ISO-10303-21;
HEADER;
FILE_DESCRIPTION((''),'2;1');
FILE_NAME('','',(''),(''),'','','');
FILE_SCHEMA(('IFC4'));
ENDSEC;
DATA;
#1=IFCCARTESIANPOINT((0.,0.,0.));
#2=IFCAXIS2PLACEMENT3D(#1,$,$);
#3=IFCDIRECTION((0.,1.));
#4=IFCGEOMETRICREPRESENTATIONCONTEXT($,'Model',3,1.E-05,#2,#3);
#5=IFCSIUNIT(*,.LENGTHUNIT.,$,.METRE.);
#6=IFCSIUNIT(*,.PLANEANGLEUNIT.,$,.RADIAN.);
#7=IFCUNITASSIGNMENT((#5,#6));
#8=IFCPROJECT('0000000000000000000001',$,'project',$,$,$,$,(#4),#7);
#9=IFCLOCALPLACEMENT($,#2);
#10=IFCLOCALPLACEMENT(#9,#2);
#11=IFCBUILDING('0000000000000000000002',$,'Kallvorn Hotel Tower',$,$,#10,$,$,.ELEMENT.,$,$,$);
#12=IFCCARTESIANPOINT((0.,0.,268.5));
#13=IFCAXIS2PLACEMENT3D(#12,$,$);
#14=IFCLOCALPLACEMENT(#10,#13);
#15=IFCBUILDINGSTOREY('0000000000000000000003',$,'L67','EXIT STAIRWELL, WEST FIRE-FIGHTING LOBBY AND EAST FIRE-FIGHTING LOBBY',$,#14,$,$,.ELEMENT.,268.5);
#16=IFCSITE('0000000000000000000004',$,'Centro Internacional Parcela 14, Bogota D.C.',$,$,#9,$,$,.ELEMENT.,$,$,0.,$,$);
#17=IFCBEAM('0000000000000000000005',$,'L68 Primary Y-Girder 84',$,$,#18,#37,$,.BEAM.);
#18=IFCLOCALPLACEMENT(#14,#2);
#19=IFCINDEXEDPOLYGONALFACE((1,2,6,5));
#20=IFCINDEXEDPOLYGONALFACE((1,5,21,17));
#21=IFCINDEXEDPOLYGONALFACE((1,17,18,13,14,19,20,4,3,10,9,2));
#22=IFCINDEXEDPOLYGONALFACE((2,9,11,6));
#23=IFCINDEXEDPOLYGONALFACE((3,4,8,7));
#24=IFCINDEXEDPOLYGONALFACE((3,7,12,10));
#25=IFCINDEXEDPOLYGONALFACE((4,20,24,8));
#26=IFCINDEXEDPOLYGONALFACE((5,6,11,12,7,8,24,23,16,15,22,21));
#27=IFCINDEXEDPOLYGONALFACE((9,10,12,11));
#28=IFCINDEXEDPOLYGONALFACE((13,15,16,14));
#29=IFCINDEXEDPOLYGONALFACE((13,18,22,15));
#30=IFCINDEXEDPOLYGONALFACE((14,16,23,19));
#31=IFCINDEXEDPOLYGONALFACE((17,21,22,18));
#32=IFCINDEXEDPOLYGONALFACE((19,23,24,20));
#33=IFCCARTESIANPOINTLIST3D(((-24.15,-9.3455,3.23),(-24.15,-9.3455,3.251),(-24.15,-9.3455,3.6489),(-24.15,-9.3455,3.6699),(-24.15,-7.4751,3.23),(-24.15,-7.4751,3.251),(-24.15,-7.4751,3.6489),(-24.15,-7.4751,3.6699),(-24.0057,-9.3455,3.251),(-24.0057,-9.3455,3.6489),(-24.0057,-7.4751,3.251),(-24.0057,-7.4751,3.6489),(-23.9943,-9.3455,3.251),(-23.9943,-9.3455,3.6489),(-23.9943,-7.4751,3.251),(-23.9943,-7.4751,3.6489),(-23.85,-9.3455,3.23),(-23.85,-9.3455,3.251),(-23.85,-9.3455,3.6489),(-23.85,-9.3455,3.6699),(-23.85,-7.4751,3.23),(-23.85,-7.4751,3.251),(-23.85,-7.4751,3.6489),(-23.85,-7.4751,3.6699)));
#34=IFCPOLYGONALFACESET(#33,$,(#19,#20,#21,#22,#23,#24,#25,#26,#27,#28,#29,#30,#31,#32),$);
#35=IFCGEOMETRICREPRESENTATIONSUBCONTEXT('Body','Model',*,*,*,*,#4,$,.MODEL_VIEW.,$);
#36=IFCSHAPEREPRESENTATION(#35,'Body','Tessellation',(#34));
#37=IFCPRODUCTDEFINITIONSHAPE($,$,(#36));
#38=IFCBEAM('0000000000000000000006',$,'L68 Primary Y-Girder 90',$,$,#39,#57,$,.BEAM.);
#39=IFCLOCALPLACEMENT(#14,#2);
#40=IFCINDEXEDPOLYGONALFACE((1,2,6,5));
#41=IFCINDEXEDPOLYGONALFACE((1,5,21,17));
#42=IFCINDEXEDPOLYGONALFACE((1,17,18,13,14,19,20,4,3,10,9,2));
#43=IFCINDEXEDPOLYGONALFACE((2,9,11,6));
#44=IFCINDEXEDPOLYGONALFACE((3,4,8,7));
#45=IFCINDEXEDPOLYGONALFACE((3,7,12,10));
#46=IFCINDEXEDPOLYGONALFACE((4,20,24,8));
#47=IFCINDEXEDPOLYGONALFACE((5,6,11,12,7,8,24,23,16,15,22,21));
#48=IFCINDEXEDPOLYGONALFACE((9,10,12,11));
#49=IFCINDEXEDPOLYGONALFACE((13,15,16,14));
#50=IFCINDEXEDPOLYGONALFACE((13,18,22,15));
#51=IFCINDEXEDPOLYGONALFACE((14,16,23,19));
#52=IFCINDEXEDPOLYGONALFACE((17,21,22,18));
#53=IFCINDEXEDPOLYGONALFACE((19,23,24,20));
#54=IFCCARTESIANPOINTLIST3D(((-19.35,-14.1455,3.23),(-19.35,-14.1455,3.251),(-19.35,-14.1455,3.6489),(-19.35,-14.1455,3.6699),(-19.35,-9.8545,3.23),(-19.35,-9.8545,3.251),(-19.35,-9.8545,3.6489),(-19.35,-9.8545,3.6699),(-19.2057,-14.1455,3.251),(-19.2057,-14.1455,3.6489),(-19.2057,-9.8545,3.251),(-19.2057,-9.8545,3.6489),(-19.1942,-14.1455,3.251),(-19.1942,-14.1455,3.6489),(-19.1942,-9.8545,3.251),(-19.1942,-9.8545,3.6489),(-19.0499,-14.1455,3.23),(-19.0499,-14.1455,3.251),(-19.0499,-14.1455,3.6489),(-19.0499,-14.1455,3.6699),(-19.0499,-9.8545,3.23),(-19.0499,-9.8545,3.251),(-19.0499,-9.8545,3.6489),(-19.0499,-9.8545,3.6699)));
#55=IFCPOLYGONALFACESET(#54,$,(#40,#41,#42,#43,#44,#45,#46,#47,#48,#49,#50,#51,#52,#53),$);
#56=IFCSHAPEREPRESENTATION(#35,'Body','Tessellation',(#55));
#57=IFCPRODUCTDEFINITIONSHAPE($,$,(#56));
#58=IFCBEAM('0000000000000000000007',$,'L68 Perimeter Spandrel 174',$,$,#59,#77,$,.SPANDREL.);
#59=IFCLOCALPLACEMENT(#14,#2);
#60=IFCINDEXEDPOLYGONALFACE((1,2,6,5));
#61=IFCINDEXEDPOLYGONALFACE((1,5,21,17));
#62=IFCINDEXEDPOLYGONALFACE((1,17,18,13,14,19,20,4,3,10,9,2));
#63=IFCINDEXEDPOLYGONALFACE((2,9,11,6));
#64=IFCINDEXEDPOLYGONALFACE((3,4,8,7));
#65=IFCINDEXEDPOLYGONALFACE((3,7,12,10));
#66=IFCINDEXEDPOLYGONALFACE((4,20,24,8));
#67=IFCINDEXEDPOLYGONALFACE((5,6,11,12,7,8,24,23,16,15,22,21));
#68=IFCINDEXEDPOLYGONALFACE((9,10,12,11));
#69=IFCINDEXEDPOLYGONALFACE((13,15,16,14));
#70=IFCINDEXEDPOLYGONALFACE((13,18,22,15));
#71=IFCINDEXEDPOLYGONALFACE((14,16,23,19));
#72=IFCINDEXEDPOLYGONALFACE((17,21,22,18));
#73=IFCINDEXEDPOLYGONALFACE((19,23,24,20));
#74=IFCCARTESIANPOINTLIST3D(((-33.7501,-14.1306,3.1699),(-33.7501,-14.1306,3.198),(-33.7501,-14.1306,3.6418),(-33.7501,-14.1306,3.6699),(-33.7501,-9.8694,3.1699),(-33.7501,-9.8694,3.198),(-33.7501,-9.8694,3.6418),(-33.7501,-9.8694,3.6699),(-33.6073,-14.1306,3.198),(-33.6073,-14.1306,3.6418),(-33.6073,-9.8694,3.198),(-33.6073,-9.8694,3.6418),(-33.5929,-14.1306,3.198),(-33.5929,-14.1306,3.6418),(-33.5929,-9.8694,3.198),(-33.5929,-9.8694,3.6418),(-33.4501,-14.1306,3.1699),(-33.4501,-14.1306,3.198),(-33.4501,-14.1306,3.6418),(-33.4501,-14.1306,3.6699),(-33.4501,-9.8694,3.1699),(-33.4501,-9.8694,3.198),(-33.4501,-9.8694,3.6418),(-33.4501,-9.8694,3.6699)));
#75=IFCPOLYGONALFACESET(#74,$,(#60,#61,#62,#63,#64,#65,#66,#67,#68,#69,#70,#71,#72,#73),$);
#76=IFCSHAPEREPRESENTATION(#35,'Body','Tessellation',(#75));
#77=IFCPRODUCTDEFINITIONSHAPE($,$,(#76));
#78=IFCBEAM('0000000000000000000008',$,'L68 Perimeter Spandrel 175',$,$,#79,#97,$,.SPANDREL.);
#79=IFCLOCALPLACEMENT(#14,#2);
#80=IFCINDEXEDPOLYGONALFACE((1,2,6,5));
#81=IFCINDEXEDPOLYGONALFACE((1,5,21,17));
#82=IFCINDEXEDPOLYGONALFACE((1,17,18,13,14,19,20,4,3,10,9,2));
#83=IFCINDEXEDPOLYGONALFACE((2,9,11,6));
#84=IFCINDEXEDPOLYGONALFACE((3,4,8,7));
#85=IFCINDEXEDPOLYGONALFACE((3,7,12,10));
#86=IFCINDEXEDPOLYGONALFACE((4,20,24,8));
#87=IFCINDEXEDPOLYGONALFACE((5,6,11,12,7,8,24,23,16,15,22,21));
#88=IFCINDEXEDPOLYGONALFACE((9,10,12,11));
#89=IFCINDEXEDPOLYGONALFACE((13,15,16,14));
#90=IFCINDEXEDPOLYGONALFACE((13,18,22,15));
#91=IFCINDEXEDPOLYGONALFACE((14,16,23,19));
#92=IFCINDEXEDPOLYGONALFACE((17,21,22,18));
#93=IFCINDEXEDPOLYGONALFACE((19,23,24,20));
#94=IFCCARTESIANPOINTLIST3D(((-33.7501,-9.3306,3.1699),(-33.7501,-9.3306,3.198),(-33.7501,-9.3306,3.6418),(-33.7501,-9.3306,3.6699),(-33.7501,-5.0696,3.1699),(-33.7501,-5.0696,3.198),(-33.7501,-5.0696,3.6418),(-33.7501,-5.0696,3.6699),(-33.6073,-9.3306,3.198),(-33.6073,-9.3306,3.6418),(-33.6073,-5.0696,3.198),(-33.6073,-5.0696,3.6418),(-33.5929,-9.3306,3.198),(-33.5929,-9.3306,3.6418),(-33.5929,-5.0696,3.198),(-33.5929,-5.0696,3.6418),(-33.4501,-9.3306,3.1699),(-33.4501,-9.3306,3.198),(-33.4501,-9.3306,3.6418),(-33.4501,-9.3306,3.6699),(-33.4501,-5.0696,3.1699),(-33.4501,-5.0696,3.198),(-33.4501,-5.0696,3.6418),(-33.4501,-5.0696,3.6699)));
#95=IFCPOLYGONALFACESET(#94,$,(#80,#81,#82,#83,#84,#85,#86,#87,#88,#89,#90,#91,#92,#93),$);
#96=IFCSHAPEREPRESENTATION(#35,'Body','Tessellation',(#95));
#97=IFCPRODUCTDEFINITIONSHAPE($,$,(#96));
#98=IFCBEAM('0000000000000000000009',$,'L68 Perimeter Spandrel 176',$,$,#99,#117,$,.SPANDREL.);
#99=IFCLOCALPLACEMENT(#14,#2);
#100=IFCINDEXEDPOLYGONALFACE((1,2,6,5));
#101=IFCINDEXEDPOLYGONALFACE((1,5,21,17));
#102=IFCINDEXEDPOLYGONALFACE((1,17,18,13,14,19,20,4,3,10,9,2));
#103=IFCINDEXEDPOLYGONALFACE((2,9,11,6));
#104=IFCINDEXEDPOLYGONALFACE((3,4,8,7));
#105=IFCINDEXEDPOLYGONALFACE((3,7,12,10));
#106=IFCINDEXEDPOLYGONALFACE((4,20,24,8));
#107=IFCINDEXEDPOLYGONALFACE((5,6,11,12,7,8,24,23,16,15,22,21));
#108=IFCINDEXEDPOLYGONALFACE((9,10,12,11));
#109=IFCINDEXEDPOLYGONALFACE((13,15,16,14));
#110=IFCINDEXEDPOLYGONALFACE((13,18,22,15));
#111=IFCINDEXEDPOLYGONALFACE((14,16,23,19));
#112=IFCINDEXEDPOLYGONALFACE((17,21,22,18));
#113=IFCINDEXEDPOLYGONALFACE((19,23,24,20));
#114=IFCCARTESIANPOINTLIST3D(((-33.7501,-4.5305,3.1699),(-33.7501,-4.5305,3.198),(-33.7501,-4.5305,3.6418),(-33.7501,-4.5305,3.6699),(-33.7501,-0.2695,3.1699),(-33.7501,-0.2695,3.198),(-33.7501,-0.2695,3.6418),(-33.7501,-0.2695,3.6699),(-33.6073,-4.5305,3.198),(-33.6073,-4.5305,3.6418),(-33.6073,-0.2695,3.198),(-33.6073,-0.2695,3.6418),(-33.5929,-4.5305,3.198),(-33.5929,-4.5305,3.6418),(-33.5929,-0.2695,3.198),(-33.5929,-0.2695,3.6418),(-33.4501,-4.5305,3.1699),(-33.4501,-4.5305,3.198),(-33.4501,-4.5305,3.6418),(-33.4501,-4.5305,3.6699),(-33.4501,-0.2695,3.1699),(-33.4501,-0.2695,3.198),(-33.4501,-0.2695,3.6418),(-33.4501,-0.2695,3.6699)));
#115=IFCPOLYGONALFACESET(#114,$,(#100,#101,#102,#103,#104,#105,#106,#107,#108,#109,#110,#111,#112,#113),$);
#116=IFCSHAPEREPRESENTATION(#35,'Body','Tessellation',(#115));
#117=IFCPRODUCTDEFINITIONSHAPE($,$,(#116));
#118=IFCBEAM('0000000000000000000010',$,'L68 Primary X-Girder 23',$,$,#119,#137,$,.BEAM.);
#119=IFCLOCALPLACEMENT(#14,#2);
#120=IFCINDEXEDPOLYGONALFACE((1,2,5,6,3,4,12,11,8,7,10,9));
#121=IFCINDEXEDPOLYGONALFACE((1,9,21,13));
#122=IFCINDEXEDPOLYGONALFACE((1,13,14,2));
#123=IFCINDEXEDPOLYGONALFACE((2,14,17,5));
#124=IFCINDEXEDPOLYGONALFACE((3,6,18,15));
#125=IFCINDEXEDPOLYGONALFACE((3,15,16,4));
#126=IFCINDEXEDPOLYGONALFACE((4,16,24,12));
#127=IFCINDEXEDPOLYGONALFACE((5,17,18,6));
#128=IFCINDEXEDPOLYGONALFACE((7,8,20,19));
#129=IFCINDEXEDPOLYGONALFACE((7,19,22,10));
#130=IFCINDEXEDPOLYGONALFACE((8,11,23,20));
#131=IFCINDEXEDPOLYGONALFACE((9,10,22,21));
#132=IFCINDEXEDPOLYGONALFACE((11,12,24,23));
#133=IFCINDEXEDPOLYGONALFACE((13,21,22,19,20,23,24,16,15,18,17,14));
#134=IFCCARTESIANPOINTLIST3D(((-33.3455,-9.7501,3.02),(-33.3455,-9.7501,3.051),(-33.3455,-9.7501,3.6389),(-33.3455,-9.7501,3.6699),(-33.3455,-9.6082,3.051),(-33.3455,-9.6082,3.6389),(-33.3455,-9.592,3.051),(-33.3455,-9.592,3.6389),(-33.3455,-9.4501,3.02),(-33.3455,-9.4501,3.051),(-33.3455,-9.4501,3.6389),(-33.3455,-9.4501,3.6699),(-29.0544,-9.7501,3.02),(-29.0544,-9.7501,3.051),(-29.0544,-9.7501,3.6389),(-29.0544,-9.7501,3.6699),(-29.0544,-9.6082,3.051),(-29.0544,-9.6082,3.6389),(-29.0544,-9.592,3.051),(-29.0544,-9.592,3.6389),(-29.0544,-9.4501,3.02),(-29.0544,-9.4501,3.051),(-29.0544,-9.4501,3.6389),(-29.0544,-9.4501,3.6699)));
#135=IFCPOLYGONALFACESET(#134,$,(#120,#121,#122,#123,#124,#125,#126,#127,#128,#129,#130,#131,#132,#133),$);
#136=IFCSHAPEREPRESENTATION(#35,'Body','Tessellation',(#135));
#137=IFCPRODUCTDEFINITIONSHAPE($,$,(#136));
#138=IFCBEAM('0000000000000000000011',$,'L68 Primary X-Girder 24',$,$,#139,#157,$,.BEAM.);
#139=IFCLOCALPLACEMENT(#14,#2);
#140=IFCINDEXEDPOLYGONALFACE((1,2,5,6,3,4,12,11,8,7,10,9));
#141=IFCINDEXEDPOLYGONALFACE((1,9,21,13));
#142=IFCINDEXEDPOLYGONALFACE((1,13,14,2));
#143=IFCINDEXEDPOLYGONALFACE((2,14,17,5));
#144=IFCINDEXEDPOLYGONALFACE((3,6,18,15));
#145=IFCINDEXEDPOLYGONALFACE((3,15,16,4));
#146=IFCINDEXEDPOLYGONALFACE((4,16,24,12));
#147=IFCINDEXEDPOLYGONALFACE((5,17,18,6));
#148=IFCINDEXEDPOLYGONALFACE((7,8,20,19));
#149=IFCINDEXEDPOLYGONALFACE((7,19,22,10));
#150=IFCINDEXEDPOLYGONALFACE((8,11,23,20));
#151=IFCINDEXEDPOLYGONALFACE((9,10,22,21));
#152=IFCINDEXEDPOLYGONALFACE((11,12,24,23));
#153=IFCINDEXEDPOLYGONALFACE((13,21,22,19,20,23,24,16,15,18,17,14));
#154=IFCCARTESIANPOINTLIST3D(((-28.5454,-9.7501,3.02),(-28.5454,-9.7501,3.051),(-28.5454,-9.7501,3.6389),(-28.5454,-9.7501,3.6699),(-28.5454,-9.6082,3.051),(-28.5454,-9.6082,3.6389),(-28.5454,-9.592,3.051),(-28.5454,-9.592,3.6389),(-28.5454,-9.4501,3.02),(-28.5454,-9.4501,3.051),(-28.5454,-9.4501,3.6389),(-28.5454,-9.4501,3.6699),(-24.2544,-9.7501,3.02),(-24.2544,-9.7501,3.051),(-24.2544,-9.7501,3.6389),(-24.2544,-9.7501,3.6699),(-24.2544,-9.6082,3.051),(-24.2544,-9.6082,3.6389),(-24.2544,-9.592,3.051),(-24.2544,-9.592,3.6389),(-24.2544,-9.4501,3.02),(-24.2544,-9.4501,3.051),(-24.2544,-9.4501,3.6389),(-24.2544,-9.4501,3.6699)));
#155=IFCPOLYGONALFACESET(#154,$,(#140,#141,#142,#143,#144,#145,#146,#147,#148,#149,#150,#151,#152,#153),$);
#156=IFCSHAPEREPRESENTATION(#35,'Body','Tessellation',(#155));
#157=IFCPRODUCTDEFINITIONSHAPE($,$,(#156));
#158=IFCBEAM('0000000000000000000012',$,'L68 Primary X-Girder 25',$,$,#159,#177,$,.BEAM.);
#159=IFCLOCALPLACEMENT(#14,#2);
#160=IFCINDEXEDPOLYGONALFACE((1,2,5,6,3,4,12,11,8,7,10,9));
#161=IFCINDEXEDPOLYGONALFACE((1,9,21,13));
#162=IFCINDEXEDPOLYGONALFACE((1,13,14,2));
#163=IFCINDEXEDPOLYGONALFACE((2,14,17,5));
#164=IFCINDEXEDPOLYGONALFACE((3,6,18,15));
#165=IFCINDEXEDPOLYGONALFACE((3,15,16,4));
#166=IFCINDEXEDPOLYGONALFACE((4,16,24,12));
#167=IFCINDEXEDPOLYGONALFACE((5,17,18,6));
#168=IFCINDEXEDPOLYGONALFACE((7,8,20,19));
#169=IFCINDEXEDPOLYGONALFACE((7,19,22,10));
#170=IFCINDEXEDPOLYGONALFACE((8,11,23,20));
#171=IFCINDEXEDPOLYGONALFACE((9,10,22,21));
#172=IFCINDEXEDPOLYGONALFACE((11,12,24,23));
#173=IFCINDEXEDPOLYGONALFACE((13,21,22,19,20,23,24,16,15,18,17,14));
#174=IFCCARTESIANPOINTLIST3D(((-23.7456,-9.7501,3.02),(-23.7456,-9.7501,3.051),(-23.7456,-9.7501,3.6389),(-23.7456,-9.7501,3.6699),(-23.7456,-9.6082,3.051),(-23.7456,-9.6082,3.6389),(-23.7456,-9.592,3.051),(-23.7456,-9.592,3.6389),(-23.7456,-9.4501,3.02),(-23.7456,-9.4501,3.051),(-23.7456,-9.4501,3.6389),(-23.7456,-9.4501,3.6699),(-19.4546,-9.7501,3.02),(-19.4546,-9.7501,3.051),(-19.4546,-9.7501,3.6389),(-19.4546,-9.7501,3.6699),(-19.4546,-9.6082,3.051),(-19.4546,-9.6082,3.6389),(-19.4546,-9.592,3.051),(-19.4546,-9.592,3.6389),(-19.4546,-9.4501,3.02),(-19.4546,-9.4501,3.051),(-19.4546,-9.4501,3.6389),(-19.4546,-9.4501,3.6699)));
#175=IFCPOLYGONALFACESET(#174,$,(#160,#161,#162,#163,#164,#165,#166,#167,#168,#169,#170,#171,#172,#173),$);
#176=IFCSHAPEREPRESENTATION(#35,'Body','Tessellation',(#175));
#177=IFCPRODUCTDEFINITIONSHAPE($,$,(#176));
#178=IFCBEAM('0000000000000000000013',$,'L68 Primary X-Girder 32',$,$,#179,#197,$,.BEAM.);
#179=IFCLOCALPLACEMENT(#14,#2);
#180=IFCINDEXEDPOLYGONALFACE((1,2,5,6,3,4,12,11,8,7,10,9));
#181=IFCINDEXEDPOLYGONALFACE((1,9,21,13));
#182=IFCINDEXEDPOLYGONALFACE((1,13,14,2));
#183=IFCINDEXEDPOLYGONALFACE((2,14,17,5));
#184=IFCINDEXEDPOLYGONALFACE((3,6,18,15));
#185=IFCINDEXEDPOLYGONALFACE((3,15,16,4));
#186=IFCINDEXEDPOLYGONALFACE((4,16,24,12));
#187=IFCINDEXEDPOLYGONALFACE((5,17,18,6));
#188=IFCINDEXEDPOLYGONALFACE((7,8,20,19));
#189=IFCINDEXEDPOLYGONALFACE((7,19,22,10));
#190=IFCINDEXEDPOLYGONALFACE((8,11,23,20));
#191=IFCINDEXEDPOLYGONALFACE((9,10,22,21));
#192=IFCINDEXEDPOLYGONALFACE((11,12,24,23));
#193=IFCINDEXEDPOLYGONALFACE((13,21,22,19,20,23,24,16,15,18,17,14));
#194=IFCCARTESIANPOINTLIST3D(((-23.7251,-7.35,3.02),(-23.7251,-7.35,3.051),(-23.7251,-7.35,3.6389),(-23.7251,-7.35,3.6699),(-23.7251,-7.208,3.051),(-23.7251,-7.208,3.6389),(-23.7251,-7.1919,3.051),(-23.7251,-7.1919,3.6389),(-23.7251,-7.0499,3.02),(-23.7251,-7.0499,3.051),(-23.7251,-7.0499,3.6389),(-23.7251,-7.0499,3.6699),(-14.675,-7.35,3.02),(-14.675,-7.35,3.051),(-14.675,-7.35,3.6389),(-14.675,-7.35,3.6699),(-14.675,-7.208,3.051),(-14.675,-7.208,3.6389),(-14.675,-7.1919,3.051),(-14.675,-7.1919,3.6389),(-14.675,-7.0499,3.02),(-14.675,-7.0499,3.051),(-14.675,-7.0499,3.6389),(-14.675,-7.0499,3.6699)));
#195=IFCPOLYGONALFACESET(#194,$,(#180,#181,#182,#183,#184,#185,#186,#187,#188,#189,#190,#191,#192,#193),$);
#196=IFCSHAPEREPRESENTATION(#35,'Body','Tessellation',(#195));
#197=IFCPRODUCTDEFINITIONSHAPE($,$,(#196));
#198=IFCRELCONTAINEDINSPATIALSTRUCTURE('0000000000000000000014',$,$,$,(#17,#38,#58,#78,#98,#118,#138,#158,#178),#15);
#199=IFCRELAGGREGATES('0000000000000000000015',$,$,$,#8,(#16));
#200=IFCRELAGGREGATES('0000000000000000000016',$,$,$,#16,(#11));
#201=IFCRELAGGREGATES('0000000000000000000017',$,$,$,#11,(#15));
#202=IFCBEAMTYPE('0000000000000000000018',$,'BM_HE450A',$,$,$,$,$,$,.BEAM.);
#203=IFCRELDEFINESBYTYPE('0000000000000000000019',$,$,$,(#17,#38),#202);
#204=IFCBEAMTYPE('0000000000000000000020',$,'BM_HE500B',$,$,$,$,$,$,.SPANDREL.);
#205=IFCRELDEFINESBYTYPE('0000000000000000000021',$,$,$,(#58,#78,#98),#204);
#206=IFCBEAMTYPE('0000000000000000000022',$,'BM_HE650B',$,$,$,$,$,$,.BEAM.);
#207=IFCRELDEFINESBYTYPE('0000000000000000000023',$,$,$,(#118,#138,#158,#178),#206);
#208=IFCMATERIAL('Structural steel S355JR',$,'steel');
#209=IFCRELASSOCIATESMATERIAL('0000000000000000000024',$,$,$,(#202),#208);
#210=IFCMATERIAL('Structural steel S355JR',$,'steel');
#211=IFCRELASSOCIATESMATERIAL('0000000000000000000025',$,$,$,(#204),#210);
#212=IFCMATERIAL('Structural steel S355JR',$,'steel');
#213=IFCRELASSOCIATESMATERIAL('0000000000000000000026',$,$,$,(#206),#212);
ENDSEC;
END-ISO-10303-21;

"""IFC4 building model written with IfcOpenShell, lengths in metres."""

from ifc_helpers import new_model, si_unit, direction, frame, origin, origin_2d, place, context, subcontext, project, spatial, i_section, extrude, material, material_profile, profile_set, type_object, element, save


model = new_model("IFC4")

# Units and contexts
model_context = context("Model", 3, precision=1e-05, world=origin(), true_north=direction((0.0, 1.0)))
body_context = subcontext(model_context, "Body", "Model", "MODEL_VIEW")
ifc_project = project(units=[si_unit("LENGTHUNIT", "METRE"), si_unit("PLANEANGLEUNIT", "RADIAN")], contexts=[model_context])

# Site, building, storey
site_placement = place(None, origin())
site = spatial("IfcSite", under=ifc_project, at=site_placement, Name="Centro Internacional Parcela 14, Bogota D.C.", CompositionType="ELEMENT", RefElevation=0.0)
building_placement = place(site_placement, origin())
building = spatial("IfcBuilding", under=site, at=building_placement, Name="Kallvorn Hotel Tower", CompositionType="ELEMENT")
storey_placement = place(building_placement, frame((0.0, 0.0, 268.5)))
storey = spatial("IfcBuildingStorey", under=building, at=storey_placement, Name="L67", Description="EXIT STAIRWELL, WEST FIRE-FIGHTING LOBBY AND EAST FIRE-FIGHTING LOBBY", CompositionType="ELEMENT", Elevation=268.5)

# Beams
ifc_material_1 = material(Name="Structural steel S355JR", Category="steel")
ifc_material_profile_1 = material_profile(ifc_material_1, i_section(OverallWidth=0.3, OverallDepth=0.4399, WebThickness=0.0115, FlangeThickness=0.021, at=origin_2d()), Name="HE 450 A")
ifc_profile_set_1 = profile_set([ifc_material_profile_1], Name="Structural steel S355JR")
beam_type_1 = type_object("IfcBeamType", Name="BM_HE450A", PredefinedType="BEAM", material=ifc_profile_set_1)
beam_1_placement = place(storey_placement, frame((-24.0, -9.3455, 3.45), z_axis=(0.0, 1.0, 0.0), x_axis=(-1.0, 0.0, 0.0)))
element("IfcBeam", 1, at=beam_1_placement, inside=storey, type_object=beam_type_1, Name="L68 Primary Y-Girder 84", PredefinedType="BEAM", context=body_context, shape_type="SweptSolid", body=[
    extrude(i_section(OverallWidth=0.3, OverallDepth=0.4399, WebThickness=0.0115, FlangeThickness=0.021, at=origin_2d()), origin(), (0.0, 0.0, 1.0), 1.8704),
])
beam_2_placement = place(storey_placement, frame((-19.2, -14.1455, 3.45), z_axis=(0.0, 1.0, 0.0), x_axis=(-1.0, 0.0, 0.0)))
element("IfcBeam", 2, at=beam_2_placement, inside=storey, type_object=beam_type_1, Name="L68 Primary Y-Girder 90", PredefinedType="BEAM", context=body_context, shape_type="SweptSolid", body=[
    extrude(i_section(OverallWidth=0.3, OverallDepth=0.4399, WebThickness=0.0115, FlangeThickness=0.021, at=origin_2d()), origin(), (0.0, 0.0, 1.0), 4.291),
])
ifc_material_2 = material(Name="Structural steel S355JR", Category="steel")
ifc_material_profile_2 = material_profile(ifc_material_2, i_section(OverallWidth=0.3, OverallDepth=0.5, WebThickness=0.0144, FlangeThickness=0.0281, at=origin_2d()), Name="HE 500 B")
ifc_profile_set_2 = profile_set([ifc_material_profile_2], Name="Structural steel S355JR")
beam_type_2 = type_object("IfcBeamType", Name="BM_HE500B", PredefinedType="SPANDREL", material=ifc_profile_set_2)
beam_3_placement = place(storey_placement, frame((-33.6001, -14.1306, 3.4199), z_axis=(0.0, 1.0, 0.0), x_axis=(-1.0, 0.0, 0.0)))
element("IfcBeam", 3, at=beam_3_placement, inside=storey, type_object=beam_type_2, Name="L68 Perimeter Spandrel 174", PredefinedType="SPANDREL", context=body_context, shape_type="SweptSolid", body=[
    extrude(i_section(OverallWidth=0.3, OverallDepth=0.5, WebThickness=0.0144, FlangeThickness=0.0281, at=origin_2d()), origin(), (0.0, 0.0, 1.0), 4.2612),
])
for number, where, z_axis, x_axis, name in (
    (4, (-33.6001, -9.3306, 3.4199), (0.0, 1.0, 0.0), (-1.0, 0.0, 0.0), "L68 Perimeter Spandrel 175"),
    (5, (-33.6001, -4.5305, 3.4199), (0.0, 1.0, 0.0), (-1.0, 0.0, 0.0), "L68 Perimeter Spandrel 176"),
):
    element("IfcBeam", number, at=place(storey_placement, frame(where, z_axis=z_axis, x_axis=x_axis)), inside=storey, type_object=beam_type_2, Name=name, PredefinedType="SPANDREL", context=body_context, shape_type="SweptSolid", body=[
        extrude(i_section(OverallWidth=0.3, OverallDepth=0.5, WebThickness=0.0144, FlangeThickness=0.0281, at=origin_2d()), origin(), (0.0, 0.0, 1.0), 4.261),
    ])
ifc_material_3 = material(Name="Structural steel S355JR", Category="steel")
ifc_material_profile_3 = material_profile(ifc_material_3, i_section(OverallWidth=0.3, OverallDepth=0.6499, WebThickness=0.0161, FlangeThickness=0.031, at=origin_2d()), Name="HE 650 B")
ifc_profile_set_3 = profile_set([ifc_material_profile_3], Name="Structural steel S355JR")
beam_type_3 = type_object("IfcBeamType", Name="BM_HE650B", PredefinedType="BEAM", material=ifc_profile_set_3)
for number, where, z_axis, x_axis, name in (
    (6, (-33.3455, -9.6001, 3.345), (1.0, 0.0, 0.0), (0.0, 1.0, 0.0), "L68 Primary X-Girder 23"),
    (7, (-28.5454, -9.6001, 3.345), (1.0, 0.0, 0.0), (0.0, 1.0, 0.0), "L68 Primary X-Girder 24"),
    (8, (-23.7456, -9.6001, 3.345), (1.0, 0.0, 0.0), (0.0, 1.0, 0.0), "L68 Primary X-Girder 25"),
):
    element("IfcBeam", number, at=place(storey_placement, frame(where, z_axis=z_axis, x_axis=x_axis)), inside=storey, type_object=beam_type_3, Name=name, PredefinedType="BEAM", context=body_context, shape_type="SweptSolid", body=[
        extrude(i_section(OverallWidth=0.3, OverallDepth=0.6499, WebThickness=0.0161, FlangeThickness=0.031, at=origin_2d()), origin(), (0.0, 0.0, 1.0), 4.291),
    ])
beam_4_placement = place(storey_placement, frame((-23.7251, -7.2, 3.345), z_axis=(1.0, 0.0, 0.0), x_axis=(0.0, 1.0, 0.0)))
element("IfcBeam", 9, at=beam_4_placement, inside=storey, type_object=beam_type_3, Name="L68 Primary X-Girder 32", PredefinedType="BEAM", context=body_context, shape_type="SweptSolid", body=[
    extrude(i_section(OverallWidth=0.3, OverallDepth=0.6499, WebThickness=0.0161, FlangeThickness=0.031, at=origin_2d()), origin(), (0.0, 0.0, 1.0), 9.05),
])

save(model, "model.ifc")
